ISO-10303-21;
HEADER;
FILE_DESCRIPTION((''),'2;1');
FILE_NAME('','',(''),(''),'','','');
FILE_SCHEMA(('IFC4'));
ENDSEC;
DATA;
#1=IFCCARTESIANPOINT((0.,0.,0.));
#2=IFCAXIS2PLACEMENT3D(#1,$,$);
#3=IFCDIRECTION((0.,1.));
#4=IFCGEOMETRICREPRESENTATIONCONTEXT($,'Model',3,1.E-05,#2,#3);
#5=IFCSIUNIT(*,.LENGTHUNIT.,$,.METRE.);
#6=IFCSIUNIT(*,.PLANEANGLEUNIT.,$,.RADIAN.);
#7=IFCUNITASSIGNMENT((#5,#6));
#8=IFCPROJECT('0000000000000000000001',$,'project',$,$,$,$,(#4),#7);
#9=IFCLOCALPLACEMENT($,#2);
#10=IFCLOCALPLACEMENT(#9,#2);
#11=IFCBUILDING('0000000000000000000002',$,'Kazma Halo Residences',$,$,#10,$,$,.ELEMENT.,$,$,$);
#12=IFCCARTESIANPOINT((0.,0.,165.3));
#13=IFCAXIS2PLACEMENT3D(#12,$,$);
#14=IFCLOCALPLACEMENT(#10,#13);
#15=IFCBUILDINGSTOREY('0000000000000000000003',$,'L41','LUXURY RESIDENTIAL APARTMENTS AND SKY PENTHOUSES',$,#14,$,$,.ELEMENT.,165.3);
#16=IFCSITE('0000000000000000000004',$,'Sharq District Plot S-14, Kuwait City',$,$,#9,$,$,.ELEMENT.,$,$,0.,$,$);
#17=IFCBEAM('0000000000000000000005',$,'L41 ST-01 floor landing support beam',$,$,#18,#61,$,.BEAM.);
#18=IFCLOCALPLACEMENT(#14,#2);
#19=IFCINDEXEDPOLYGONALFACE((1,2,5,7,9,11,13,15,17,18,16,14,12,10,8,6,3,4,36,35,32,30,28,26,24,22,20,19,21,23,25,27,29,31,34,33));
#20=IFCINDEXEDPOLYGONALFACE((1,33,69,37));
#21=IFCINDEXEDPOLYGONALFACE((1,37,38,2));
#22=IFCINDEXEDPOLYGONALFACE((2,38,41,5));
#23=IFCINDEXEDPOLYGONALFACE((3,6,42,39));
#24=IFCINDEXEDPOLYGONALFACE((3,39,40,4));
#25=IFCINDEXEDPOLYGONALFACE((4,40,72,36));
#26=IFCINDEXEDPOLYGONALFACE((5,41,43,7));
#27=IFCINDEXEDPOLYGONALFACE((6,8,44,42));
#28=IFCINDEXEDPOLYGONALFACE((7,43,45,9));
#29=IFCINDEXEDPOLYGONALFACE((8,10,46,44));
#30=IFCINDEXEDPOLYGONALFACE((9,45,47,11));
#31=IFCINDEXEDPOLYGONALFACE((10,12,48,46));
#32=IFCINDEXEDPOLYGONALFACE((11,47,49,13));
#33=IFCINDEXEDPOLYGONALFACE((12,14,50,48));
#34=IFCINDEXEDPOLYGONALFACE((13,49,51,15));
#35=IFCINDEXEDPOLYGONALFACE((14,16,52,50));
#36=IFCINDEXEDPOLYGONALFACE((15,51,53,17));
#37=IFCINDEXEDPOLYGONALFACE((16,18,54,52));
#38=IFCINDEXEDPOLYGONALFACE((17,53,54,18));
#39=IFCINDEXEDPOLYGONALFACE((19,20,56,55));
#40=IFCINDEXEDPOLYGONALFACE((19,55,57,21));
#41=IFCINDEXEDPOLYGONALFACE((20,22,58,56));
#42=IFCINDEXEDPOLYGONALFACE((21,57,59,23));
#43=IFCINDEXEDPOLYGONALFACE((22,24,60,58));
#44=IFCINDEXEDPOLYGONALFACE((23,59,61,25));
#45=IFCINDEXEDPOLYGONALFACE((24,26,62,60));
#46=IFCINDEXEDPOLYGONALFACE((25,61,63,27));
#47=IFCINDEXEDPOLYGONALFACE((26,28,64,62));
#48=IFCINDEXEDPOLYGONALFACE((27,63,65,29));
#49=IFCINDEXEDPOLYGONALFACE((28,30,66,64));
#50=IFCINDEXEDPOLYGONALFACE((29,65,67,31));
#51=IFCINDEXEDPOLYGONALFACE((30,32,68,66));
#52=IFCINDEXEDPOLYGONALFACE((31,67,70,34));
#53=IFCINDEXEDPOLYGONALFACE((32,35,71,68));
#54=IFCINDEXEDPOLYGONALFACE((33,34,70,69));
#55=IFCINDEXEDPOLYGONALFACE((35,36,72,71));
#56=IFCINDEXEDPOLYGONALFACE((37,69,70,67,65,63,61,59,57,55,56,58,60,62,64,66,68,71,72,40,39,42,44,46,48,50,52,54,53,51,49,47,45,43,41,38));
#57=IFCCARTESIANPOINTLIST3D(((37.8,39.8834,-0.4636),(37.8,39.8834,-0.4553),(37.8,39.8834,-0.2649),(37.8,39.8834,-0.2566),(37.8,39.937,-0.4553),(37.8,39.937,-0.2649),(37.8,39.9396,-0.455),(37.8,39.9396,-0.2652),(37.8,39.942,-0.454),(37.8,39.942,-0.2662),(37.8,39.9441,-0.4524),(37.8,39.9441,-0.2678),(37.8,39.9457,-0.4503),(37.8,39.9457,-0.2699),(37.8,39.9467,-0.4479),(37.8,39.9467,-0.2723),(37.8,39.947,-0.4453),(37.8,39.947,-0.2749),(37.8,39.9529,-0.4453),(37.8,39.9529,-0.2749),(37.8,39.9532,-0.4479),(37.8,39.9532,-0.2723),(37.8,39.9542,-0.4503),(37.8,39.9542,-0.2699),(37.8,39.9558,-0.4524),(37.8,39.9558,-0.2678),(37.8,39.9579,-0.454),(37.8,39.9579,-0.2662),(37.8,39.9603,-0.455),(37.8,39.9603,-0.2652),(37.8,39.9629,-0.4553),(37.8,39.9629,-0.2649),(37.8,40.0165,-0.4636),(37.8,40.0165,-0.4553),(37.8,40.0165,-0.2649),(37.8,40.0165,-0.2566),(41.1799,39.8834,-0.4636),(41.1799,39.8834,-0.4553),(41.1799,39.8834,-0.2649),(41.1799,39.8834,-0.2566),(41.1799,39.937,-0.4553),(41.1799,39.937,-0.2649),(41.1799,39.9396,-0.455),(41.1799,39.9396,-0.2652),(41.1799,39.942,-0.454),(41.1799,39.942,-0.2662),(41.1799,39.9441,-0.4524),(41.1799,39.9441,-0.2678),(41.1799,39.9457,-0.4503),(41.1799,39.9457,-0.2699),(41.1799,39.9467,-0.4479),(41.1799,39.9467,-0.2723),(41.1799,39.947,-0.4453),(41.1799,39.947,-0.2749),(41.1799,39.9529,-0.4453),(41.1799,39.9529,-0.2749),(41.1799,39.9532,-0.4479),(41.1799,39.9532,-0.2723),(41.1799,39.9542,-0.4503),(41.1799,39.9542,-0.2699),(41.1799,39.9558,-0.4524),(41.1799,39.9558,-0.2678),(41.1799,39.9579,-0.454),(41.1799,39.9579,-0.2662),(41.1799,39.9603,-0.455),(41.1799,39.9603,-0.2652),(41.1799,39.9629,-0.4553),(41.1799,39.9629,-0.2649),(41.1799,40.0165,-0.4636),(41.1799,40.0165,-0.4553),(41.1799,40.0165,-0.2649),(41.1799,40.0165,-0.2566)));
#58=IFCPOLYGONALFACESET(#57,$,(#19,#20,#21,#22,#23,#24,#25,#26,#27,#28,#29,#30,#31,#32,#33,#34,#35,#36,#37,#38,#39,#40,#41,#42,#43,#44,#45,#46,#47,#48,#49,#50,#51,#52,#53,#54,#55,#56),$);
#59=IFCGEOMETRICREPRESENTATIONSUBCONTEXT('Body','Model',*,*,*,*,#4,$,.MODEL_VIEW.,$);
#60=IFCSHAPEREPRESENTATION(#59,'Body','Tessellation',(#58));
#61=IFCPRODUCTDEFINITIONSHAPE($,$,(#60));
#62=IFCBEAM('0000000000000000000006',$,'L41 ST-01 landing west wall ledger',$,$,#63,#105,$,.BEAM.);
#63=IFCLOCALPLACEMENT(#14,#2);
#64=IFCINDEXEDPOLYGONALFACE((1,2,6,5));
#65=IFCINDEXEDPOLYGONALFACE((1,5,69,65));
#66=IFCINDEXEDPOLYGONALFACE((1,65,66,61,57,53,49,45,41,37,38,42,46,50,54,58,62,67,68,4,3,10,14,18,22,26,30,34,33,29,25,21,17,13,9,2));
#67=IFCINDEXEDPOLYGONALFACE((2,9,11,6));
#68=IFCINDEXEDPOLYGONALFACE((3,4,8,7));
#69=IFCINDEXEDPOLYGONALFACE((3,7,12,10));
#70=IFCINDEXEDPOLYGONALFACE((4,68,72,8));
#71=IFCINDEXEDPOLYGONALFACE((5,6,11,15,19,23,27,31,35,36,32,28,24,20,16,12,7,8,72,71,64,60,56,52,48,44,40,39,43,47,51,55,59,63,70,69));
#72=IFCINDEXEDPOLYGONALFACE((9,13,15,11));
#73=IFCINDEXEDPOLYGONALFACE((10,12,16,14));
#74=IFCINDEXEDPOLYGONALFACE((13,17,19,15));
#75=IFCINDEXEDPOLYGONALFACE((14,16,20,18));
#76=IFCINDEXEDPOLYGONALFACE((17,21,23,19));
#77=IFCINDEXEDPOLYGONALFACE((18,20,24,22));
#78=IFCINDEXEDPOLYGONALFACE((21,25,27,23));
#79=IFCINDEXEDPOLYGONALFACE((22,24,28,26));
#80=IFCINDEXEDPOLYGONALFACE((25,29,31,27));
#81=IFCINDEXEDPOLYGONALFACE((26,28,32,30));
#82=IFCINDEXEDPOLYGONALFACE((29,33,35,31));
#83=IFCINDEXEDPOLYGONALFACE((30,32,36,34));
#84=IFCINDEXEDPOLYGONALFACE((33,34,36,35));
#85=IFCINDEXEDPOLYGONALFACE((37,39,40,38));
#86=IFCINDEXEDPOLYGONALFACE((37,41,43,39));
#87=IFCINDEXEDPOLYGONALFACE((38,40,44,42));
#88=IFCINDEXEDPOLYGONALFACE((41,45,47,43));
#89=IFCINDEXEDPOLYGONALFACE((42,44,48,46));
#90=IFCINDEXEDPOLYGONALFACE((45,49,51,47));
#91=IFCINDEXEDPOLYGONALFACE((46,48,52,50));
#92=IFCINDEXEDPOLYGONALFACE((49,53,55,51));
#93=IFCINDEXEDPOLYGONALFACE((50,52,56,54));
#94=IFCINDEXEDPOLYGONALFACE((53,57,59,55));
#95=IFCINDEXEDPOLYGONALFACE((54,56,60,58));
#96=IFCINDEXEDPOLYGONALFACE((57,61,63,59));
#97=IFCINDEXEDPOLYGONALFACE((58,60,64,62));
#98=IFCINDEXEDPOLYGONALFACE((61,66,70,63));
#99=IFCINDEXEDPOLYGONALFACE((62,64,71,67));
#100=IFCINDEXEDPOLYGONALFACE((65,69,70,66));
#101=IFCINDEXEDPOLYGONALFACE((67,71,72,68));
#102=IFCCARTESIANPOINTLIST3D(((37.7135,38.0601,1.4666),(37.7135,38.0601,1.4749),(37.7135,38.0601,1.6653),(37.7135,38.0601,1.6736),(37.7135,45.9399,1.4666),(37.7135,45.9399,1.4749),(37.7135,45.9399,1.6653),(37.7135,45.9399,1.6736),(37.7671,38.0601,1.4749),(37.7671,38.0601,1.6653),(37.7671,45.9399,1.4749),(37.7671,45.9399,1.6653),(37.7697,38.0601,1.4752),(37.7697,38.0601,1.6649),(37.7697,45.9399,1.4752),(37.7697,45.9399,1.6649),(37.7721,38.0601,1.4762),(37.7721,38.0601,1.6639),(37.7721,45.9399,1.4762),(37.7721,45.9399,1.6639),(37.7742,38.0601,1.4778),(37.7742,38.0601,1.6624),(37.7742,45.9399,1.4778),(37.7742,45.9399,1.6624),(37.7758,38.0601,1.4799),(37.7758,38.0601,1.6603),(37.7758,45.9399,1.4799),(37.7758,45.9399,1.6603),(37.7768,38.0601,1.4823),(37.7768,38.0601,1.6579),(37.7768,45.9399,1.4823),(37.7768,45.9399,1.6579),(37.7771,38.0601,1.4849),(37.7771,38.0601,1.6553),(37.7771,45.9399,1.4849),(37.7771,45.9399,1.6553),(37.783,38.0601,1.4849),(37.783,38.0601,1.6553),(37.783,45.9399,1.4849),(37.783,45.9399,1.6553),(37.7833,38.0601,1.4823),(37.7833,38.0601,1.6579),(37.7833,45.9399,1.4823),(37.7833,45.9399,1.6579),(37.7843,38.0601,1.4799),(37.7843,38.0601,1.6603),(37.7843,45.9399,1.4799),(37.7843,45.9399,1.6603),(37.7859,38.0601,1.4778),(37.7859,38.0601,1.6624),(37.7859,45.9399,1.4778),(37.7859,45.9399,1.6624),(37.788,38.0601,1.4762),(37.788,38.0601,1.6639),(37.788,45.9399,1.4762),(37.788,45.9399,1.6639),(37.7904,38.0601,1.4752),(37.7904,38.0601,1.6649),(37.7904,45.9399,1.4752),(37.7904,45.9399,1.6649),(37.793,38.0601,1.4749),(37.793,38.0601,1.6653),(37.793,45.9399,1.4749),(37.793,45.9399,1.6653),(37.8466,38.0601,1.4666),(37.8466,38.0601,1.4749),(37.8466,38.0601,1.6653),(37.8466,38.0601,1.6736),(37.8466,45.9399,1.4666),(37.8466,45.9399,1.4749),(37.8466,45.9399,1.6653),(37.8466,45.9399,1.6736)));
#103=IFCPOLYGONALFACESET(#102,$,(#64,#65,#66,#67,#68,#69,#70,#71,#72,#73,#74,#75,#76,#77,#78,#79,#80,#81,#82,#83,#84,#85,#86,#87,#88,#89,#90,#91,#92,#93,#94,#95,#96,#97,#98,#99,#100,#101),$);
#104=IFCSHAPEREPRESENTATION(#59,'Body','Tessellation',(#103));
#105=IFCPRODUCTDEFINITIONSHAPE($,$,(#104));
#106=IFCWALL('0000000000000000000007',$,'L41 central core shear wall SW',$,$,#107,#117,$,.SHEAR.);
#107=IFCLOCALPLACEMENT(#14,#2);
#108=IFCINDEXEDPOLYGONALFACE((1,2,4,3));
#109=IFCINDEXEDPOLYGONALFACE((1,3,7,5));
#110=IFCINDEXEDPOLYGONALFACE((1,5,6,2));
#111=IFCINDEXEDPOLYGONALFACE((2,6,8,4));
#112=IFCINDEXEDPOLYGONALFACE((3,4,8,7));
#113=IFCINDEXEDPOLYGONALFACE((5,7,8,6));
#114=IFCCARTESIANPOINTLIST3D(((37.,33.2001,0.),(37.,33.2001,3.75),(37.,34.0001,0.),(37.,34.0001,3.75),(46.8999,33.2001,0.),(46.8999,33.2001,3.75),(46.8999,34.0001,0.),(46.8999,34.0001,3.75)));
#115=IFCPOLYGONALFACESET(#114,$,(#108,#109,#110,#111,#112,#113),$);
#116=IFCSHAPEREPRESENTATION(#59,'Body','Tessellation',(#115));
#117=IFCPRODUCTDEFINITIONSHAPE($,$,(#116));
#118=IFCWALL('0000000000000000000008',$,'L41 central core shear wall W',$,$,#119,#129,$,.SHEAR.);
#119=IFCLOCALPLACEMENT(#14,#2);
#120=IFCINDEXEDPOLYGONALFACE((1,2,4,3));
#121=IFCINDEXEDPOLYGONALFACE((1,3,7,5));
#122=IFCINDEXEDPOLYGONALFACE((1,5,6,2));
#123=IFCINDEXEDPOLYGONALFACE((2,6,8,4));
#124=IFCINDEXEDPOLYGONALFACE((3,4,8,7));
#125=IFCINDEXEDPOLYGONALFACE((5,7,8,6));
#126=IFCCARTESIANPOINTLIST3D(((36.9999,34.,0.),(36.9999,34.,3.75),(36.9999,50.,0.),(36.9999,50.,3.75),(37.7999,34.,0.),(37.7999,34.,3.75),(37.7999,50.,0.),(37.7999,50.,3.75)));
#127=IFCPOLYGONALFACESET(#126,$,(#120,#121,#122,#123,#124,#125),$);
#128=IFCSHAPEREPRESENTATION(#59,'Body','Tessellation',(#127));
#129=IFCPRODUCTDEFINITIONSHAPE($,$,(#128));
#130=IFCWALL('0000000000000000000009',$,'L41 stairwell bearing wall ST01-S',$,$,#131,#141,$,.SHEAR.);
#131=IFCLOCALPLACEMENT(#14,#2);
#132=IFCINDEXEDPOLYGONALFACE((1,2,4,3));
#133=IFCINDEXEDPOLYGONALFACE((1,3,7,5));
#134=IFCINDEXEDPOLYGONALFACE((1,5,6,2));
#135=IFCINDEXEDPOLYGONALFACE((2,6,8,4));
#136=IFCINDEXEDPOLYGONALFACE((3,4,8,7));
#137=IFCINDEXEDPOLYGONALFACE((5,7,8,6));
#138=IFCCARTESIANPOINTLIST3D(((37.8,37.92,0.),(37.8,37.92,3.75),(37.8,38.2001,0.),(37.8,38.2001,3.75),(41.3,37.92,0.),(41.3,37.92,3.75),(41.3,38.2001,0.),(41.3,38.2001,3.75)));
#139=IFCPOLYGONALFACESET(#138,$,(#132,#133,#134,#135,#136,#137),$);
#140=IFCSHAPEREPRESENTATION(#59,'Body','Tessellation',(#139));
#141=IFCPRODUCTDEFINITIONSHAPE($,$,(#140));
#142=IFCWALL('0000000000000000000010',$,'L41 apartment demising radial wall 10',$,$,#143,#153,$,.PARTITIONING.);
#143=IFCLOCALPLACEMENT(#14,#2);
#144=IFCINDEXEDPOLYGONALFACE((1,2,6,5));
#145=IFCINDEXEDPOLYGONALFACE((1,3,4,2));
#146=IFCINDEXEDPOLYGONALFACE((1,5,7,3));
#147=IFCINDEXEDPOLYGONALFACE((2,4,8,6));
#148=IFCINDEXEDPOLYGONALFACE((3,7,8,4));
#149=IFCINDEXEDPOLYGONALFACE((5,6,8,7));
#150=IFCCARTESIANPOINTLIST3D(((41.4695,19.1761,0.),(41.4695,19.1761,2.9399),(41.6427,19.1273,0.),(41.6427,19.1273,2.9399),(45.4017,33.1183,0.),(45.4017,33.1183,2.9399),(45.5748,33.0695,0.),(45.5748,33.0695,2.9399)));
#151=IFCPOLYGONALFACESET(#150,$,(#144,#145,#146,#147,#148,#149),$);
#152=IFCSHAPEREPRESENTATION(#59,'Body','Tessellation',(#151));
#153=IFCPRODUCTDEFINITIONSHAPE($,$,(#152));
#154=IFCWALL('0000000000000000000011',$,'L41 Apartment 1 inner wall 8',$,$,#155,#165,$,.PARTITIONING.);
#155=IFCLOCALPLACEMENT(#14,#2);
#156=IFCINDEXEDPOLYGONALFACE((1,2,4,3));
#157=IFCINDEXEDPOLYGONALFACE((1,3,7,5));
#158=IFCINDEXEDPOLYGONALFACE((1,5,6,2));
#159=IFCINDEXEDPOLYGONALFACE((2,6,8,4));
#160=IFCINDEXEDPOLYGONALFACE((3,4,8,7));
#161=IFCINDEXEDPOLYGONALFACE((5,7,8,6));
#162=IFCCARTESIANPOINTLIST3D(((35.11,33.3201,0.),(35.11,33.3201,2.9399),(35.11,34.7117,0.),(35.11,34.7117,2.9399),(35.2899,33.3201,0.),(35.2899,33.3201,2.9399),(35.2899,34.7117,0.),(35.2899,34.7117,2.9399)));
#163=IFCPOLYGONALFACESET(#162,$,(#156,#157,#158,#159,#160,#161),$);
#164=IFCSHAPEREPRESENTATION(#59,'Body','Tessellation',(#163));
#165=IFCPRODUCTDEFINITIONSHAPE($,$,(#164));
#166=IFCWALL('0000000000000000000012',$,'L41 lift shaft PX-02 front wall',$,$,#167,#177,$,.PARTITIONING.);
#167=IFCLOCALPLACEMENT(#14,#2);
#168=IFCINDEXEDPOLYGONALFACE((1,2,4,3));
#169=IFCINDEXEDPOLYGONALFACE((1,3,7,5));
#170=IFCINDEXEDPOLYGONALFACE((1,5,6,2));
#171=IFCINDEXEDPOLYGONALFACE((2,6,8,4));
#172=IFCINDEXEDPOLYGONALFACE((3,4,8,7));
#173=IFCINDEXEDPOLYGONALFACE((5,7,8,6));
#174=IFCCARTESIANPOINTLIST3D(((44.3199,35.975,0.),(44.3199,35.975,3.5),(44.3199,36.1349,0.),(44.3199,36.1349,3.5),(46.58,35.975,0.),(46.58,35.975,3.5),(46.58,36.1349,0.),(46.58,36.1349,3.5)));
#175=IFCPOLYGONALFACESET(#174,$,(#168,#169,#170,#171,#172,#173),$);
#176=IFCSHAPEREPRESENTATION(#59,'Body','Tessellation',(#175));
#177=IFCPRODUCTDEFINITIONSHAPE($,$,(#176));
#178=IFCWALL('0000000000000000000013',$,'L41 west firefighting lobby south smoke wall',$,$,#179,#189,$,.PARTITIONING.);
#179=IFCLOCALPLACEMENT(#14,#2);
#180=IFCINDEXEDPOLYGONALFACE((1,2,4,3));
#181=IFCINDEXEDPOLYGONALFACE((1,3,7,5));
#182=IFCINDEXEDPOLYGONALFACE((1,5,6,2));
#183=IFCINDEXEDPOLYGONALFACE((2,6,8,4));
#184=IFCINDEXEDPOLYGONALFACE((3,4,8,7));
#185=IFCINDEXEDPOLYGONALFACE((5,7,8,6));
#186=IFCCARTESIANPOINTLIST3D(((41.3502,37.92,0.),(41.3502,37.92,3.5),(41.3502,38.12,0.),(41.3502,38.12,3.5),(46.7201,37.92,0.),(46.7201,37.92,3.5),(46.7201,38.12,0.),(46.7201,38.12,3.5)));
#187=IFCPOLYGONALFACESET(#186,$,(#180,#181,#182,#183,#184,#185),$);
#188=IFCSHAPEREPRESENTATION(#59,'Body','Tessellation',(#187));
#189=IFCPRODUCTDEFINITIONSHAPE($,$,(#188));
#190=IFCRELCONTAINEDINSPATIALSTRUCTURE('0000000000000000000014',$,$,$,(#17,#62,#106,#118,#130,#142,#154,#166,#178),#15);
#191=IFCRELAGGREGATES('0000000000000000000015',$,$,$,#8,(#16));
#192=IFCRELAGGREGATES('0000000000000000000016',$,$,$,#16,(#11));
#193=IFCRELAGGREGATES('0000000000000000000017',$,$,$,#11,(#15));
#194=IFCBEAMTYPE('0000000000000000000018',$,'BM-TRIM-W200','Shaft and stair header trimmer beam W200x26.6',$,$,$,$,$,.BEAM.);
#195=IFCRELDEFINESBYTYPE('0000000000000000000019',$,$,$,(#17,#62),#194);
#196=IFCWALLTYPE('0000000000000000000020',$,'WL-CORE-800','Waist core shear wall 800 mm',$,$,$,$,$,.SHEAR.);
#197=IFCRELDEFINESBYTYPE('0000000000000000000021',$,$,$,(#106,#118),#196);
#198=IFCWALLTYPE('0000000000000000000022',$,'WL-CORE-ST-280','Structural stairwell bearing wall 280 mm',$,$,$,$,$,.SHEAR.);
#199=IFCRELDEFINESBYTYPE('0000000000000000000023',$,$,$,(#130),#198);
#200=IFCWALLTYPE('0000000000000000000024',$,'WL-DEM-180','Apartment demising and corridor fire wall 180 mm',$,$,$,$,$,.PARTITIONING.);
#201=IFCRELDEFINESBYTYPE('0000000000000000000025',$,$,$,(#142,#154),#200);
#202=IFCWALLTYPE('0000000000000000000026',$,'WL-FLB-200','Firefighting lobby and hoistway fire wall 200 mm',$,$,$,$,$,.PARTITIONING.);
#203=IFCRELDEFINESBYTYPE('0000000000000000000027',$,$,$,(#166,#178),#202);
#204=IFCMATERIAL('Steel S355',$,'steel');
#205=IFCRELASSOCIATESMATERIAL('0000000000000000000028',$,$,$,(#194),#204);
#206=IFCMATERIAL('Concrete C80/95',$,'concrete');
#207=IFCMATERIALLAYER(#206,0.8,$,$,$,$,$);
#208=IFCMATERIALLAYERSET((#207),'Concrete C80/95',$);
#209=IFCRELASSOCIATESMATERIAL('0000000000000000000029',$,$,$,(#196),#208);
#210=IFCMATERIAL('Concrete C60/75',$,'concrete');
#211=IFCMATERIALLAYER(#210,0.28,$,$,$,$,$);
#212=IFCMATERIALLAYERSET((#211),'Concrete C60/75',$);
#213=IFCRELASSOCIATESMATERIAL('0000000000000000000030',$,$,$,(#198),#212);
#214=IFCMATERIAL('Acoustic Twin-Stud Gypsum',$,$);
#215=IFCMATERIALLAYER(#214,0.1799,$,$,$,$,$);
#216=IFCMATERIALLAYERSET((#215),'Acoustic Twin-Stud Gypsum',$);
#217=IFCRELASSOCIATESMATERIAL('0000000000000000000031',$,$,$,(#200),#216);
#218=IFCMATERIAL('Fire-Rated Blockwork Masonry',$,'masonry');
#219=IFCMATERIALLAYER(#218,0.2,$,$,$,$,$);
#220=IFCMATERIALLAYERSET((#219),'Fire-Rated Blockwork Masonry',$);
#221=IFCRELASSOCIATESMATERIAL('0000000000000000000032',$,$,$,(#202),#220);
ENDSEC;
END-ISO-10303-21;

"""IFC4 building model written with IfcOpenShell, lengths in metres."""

from ifc_helpers import new_model, si_unit, direction, frame, frame_2d, origin, origin_2d, place, context, subcontext, project, spatial, rectangle, i_section, extrude, material, layer, layer_set, material_profile, profile_set, type_object, element, save


model = new_model("IFC4")

# Units and contexts
model_context = context("Model", 3, precision=1e-05, world=origin(), true_north=direction((0.0, 1.0)))
body_context = subcontext(model_context, "Body", "Model", "MODEL_VIEW")
ifc_project = project(units=[si_unit("LENGTHUNIT", "METRE"), si_unit("PLANEANGLEUNIT", "RADIAN")], contexts=[model_context])

# Site, building, storey
site_placement = place(None, origin())
site = spatial("IfcSite", under=ifc_project, at=site_placement, Name="Sharq District Plot S-14, Kuwait City", CompositionType="ELEMENT", RefElevation=0.0)
building_placement = place(site_placement, origin())
building = spatial("IfcBuilding", under=site, at=building_placement, Name="Kazma Halo Residences", CompositionType="ELEMENT")
storey_placement = place(building_placement, frame((0.0, 0.0, 165.3)))
storey = spatial("IfcBuildingStorey", under=building, at=storey_placement, Name="L41", Description="LUXURY RESIDENTIAL APARTMENTS AND SKY PENTHOUSES", CompositionType="ELEMENT", Elevation=165.3)

# Beams
ifc_material_1 = material(Name="Steel S355", Category="steel")
ifc_material_profile_1 = material_profile(ifc_material_1, i_section(OverallWidth=0.1331, OverallDepth=0.207, WebThickness=0.0059, FlangeThickness=0.0083, FilletRadius=0.01, at=origin_2d()), Name="W200x26.6")
ifc_profile_set_1 = profile_set([ifc_material_profile_1], Name="Steel S355")
beam_type_1 = type_object("IfcBeamType", Name="BM-TRIM-W200", Description="Shaft and stair header trimmer beam W200x26.6", PredefinedType="BEAM", material=ifc_profile_set_1)
beam_1_placement = place(storey_placement, frame((37.8, 39.95, -0.3601), z_axis=(1.0, 0.0, 0.0), x_axis=(0.0, 1.0, 0.0)))
element("IfcBeam", 1, at=beam_1_placement, inside=storey, type_object=beam_type_1, Name="L41 ST-01 floor landing support beam", PredefinedType="BEAM", context=body_context, shape_type="SweptSolid", body=[
    extrude(i_section(OverallWidth=0.1331, OverallDepth=0.207, WebThickness=0.0059, FlangeThickness=0.0083, FilletRadius=0.01, at=origin_2d()), origin(), (0.0, 0.0, 1.0), 3.3799),
])
beam_2_placement = place(storey_placement, frame((37.78, 38.0601, 1.5701), z_axis=(0.0, 1.0, 0.0), x_axis=(-1.0, 0.0, 0.0)))
element("IfcBeam", 2, at=beam_2_placement, inside=storey, type_object=beam_type_1, Name="L41 ST-01 landing west wall ledger", PredefinedType="BEAM", context=body_context, shape_type="SweptSolid", body=[
    extrude(i_section(OverallWidth=0.1331, OverallDepth=0.207, WebThickness=0.0059, FlangeThickness=0.0083, FilletRadius=0.01, at=origin_2d()), origin(), (0.0, 0.0, 1.0), 7.8799),
])

# Walls
ifc_material_2 = material(Name="Concrete C80/95", Category="concrete")
ifc_layer_1 = layer(ifc_material_2, 0.8)
ifc_layer_set_1 = layer_set([ifc_layer_1], Name="Concrete C80/95")
wall_type_1 = type_object("IfcWallType", Name="WL-CORE-800", Description="Waist core shear wall 800 mm", PredefinedType="SHEAR", material=ifc_layer_set_1)
wall_1_placement = place(storey_placement, frame((37.0, 33.6001, 0.0), z_axis=(0.0, 0.0, 1.0), x_axis=(1.0, 0.0, 0.0)))
element("IfcWall", 3, at=wall_1_placement, inside=storey, type_object=wall_type_1, Name="L41 central core shear wall SW", PredefinedType="SHEAR", context=body_context, shape_type="SweptSolid", body=[
    extrude(rectangle(XDim=9.8999, YDim=0.8, at=frame_2d((4.95, 0.0))), origin(), (0.0, 0.0, 1.0), 3.75),
])
wall_2_placement = place(storey_placement, frame((37.3999, 34.0, 0.0), z_axis=(0.0, 0.0, 1.0), x_axis=(0.0, 1.0, 0.0)))
element("IfcWall", 4, at=wall_2_placement, inside=storey, type_object=wall_type_1, Name="L41 central core shear wall W", PredefinedType="SHEAR", context=body_context, shape_type="SweptSolid", body=[
    extrude(rectangle(XDim=16.0, YDim=0.8, at=frame_2d((8.0, 0.0))), origin(), (0.0, 0.0, 1.0), 3.75),
])
ifc_material_3 = material(Name="Concrete C60/75", Category="concrete")
ifc_layer_2 = layer(ifc_material_3, 0.28)
ifc_layer_set_2 = layer_set([ifc_layer_2], Name="Concrete C60/75")
wall_type_2 = type_object("IfcWallType", Name="WL-CORE-ST-280", Description="Structural stairwell bearing wall 280 mm", PredefinedType="SHEAR", material=ifc_layer_set_2)
wall_3_placement = place(storey_placement, frame((37.8, 38.0601, 0.0), z_axis=(0.0, 0.0, 1.0), x_axis=(1.0, 0.0, 0.0)))
element("IfcWall", 5, at=wall_3_placement, inside=storey, type_object=wall_type_2, Name="L41 stairwell bearing wall ST01-S", PredefinedType="SHEAR", context=body_context, shape_type="SweptSolid", body=[
    extrude(rectangle(XDim=3.5, YDim=0.28, at=frame_2d((1.75, 0.0))), origin(), (0.0, 0.0, 1.0), 3.75),
])
ifc_material_4 = material(Name="Acoustic Twin-Stud Gypsum")
ifc_layer_3 = layer(ifc_material_4, 0.1799)
ifc_layer_set_3 = layer_set([ifc_layer_3], Name="Acoustic Twin-Stud Gypsum")
wall_type_3 = type_object("IfcWallType", Name="WL-DEM-180", Description="Apartment demising and corridor fire wall 180 mm", PredefinedType="PARTITIONING", material=ifc_layer_set_3)
wall_4_placement = place(storey_placement, frame((45.4883, 33.094, 0.0), z_axis=(0.0, 0.0, 1.0), x_axis=(-0.271443, -0.962455, 0.0)))
element("IfcWall", 6, at=wall_4_placement, inside=storey, type_object=wall_type_3, Name="L41 apartment demising radial wall 10", PredefinedType="PARTITIONING", context=body_context, shape_type="SweptSolid", body=[
    extrude(rectangle(XDim=14.4861, YDim=0.1799, at=frame_2d((7.2432, 0.0))), origin(), (0.0, 0.0, 1.0), 2.9399),
])
wall_5_placement = place(storey_placement, frame((35.2, 34.7117, 0.0), z_axis=(0.0, 0.0, 1.0), x_axis=(0.0, -1.0, 0.0)))
element("IfcWall", 7, at=wall_5_placement, inside=storey, type_object=wall_type_3, Name="L41 Apartment 1 inner wall 8", PredefinedType="PARTITIONING", context=body_context, shape_type="SweptSolid", body=[
    extrude(rectangle(XDim=1.3916, YDim=0.1799, at=frame_2d((0.6958, 0.0))), origin(), (0.0, 0.0, 1.0), 2.9399),
])
ifc_material_5 = material(Name="Fire-Rated Blockwork Masonry", Category="masonry")
ifc_layer_4 = layer(ifc_material_5, 0.2)
ifc_layer_set_4 = layer_set([ifc_layer_4], Name="Fire-Rated Blockwork Masonry")
wall_type_4 = type_object("IfcWallType", Name="WL-FLB-200", Description="Firefighting lobby and hoistway fire wall 200 mm", PredefinedType="PARTITIONING", material=ifc_layer_set_4)
wall_6_placement = place(storey_placement, frame((44.3201, 36.0549, 0.0), z_axis=(0.0, 0.0, 1.0), x_axis=(1.0, 0.0, 0.0)))
element("IfcWall", 8, at=wall_6_placement, inside=storey, type_object=wall_type_4, Name="L41 lift shaft PX-02 front wall", PredefinedType="PARTITIONING", context=body_context, shape_type="SweptSolid", body=[
    extrude(rectangle(XDim=2.26, YDim=0.1599, at=frame_2d((1.1299, 0.0))), origin(), (0.0, 0.0, 1.0), 3.5),
])
wall_7_placement = place(storey_placement, frame((41.3501, 38.02, 0.0), z_axis=(0.0, 0.0, 1.0), x_axis=(1.0, 0.0, 0.0)))
element("IfcWall", 9, at=wall_7_placement, inside=storey, type_object=wall_type_4, Name="L41 west firefighting lobby south smoke wall", PredefinedType="PARTITIONING", context=body_context, shape_type="SweptSolid", body=[
    extrude(rectangle(XDim=5.3699, YDim=0.2, at=frame_2d((2.6851, 0.0))), origin(), (0.0, 0.0, 1.0), 3.5),
])

save(model, "model.ifc")
